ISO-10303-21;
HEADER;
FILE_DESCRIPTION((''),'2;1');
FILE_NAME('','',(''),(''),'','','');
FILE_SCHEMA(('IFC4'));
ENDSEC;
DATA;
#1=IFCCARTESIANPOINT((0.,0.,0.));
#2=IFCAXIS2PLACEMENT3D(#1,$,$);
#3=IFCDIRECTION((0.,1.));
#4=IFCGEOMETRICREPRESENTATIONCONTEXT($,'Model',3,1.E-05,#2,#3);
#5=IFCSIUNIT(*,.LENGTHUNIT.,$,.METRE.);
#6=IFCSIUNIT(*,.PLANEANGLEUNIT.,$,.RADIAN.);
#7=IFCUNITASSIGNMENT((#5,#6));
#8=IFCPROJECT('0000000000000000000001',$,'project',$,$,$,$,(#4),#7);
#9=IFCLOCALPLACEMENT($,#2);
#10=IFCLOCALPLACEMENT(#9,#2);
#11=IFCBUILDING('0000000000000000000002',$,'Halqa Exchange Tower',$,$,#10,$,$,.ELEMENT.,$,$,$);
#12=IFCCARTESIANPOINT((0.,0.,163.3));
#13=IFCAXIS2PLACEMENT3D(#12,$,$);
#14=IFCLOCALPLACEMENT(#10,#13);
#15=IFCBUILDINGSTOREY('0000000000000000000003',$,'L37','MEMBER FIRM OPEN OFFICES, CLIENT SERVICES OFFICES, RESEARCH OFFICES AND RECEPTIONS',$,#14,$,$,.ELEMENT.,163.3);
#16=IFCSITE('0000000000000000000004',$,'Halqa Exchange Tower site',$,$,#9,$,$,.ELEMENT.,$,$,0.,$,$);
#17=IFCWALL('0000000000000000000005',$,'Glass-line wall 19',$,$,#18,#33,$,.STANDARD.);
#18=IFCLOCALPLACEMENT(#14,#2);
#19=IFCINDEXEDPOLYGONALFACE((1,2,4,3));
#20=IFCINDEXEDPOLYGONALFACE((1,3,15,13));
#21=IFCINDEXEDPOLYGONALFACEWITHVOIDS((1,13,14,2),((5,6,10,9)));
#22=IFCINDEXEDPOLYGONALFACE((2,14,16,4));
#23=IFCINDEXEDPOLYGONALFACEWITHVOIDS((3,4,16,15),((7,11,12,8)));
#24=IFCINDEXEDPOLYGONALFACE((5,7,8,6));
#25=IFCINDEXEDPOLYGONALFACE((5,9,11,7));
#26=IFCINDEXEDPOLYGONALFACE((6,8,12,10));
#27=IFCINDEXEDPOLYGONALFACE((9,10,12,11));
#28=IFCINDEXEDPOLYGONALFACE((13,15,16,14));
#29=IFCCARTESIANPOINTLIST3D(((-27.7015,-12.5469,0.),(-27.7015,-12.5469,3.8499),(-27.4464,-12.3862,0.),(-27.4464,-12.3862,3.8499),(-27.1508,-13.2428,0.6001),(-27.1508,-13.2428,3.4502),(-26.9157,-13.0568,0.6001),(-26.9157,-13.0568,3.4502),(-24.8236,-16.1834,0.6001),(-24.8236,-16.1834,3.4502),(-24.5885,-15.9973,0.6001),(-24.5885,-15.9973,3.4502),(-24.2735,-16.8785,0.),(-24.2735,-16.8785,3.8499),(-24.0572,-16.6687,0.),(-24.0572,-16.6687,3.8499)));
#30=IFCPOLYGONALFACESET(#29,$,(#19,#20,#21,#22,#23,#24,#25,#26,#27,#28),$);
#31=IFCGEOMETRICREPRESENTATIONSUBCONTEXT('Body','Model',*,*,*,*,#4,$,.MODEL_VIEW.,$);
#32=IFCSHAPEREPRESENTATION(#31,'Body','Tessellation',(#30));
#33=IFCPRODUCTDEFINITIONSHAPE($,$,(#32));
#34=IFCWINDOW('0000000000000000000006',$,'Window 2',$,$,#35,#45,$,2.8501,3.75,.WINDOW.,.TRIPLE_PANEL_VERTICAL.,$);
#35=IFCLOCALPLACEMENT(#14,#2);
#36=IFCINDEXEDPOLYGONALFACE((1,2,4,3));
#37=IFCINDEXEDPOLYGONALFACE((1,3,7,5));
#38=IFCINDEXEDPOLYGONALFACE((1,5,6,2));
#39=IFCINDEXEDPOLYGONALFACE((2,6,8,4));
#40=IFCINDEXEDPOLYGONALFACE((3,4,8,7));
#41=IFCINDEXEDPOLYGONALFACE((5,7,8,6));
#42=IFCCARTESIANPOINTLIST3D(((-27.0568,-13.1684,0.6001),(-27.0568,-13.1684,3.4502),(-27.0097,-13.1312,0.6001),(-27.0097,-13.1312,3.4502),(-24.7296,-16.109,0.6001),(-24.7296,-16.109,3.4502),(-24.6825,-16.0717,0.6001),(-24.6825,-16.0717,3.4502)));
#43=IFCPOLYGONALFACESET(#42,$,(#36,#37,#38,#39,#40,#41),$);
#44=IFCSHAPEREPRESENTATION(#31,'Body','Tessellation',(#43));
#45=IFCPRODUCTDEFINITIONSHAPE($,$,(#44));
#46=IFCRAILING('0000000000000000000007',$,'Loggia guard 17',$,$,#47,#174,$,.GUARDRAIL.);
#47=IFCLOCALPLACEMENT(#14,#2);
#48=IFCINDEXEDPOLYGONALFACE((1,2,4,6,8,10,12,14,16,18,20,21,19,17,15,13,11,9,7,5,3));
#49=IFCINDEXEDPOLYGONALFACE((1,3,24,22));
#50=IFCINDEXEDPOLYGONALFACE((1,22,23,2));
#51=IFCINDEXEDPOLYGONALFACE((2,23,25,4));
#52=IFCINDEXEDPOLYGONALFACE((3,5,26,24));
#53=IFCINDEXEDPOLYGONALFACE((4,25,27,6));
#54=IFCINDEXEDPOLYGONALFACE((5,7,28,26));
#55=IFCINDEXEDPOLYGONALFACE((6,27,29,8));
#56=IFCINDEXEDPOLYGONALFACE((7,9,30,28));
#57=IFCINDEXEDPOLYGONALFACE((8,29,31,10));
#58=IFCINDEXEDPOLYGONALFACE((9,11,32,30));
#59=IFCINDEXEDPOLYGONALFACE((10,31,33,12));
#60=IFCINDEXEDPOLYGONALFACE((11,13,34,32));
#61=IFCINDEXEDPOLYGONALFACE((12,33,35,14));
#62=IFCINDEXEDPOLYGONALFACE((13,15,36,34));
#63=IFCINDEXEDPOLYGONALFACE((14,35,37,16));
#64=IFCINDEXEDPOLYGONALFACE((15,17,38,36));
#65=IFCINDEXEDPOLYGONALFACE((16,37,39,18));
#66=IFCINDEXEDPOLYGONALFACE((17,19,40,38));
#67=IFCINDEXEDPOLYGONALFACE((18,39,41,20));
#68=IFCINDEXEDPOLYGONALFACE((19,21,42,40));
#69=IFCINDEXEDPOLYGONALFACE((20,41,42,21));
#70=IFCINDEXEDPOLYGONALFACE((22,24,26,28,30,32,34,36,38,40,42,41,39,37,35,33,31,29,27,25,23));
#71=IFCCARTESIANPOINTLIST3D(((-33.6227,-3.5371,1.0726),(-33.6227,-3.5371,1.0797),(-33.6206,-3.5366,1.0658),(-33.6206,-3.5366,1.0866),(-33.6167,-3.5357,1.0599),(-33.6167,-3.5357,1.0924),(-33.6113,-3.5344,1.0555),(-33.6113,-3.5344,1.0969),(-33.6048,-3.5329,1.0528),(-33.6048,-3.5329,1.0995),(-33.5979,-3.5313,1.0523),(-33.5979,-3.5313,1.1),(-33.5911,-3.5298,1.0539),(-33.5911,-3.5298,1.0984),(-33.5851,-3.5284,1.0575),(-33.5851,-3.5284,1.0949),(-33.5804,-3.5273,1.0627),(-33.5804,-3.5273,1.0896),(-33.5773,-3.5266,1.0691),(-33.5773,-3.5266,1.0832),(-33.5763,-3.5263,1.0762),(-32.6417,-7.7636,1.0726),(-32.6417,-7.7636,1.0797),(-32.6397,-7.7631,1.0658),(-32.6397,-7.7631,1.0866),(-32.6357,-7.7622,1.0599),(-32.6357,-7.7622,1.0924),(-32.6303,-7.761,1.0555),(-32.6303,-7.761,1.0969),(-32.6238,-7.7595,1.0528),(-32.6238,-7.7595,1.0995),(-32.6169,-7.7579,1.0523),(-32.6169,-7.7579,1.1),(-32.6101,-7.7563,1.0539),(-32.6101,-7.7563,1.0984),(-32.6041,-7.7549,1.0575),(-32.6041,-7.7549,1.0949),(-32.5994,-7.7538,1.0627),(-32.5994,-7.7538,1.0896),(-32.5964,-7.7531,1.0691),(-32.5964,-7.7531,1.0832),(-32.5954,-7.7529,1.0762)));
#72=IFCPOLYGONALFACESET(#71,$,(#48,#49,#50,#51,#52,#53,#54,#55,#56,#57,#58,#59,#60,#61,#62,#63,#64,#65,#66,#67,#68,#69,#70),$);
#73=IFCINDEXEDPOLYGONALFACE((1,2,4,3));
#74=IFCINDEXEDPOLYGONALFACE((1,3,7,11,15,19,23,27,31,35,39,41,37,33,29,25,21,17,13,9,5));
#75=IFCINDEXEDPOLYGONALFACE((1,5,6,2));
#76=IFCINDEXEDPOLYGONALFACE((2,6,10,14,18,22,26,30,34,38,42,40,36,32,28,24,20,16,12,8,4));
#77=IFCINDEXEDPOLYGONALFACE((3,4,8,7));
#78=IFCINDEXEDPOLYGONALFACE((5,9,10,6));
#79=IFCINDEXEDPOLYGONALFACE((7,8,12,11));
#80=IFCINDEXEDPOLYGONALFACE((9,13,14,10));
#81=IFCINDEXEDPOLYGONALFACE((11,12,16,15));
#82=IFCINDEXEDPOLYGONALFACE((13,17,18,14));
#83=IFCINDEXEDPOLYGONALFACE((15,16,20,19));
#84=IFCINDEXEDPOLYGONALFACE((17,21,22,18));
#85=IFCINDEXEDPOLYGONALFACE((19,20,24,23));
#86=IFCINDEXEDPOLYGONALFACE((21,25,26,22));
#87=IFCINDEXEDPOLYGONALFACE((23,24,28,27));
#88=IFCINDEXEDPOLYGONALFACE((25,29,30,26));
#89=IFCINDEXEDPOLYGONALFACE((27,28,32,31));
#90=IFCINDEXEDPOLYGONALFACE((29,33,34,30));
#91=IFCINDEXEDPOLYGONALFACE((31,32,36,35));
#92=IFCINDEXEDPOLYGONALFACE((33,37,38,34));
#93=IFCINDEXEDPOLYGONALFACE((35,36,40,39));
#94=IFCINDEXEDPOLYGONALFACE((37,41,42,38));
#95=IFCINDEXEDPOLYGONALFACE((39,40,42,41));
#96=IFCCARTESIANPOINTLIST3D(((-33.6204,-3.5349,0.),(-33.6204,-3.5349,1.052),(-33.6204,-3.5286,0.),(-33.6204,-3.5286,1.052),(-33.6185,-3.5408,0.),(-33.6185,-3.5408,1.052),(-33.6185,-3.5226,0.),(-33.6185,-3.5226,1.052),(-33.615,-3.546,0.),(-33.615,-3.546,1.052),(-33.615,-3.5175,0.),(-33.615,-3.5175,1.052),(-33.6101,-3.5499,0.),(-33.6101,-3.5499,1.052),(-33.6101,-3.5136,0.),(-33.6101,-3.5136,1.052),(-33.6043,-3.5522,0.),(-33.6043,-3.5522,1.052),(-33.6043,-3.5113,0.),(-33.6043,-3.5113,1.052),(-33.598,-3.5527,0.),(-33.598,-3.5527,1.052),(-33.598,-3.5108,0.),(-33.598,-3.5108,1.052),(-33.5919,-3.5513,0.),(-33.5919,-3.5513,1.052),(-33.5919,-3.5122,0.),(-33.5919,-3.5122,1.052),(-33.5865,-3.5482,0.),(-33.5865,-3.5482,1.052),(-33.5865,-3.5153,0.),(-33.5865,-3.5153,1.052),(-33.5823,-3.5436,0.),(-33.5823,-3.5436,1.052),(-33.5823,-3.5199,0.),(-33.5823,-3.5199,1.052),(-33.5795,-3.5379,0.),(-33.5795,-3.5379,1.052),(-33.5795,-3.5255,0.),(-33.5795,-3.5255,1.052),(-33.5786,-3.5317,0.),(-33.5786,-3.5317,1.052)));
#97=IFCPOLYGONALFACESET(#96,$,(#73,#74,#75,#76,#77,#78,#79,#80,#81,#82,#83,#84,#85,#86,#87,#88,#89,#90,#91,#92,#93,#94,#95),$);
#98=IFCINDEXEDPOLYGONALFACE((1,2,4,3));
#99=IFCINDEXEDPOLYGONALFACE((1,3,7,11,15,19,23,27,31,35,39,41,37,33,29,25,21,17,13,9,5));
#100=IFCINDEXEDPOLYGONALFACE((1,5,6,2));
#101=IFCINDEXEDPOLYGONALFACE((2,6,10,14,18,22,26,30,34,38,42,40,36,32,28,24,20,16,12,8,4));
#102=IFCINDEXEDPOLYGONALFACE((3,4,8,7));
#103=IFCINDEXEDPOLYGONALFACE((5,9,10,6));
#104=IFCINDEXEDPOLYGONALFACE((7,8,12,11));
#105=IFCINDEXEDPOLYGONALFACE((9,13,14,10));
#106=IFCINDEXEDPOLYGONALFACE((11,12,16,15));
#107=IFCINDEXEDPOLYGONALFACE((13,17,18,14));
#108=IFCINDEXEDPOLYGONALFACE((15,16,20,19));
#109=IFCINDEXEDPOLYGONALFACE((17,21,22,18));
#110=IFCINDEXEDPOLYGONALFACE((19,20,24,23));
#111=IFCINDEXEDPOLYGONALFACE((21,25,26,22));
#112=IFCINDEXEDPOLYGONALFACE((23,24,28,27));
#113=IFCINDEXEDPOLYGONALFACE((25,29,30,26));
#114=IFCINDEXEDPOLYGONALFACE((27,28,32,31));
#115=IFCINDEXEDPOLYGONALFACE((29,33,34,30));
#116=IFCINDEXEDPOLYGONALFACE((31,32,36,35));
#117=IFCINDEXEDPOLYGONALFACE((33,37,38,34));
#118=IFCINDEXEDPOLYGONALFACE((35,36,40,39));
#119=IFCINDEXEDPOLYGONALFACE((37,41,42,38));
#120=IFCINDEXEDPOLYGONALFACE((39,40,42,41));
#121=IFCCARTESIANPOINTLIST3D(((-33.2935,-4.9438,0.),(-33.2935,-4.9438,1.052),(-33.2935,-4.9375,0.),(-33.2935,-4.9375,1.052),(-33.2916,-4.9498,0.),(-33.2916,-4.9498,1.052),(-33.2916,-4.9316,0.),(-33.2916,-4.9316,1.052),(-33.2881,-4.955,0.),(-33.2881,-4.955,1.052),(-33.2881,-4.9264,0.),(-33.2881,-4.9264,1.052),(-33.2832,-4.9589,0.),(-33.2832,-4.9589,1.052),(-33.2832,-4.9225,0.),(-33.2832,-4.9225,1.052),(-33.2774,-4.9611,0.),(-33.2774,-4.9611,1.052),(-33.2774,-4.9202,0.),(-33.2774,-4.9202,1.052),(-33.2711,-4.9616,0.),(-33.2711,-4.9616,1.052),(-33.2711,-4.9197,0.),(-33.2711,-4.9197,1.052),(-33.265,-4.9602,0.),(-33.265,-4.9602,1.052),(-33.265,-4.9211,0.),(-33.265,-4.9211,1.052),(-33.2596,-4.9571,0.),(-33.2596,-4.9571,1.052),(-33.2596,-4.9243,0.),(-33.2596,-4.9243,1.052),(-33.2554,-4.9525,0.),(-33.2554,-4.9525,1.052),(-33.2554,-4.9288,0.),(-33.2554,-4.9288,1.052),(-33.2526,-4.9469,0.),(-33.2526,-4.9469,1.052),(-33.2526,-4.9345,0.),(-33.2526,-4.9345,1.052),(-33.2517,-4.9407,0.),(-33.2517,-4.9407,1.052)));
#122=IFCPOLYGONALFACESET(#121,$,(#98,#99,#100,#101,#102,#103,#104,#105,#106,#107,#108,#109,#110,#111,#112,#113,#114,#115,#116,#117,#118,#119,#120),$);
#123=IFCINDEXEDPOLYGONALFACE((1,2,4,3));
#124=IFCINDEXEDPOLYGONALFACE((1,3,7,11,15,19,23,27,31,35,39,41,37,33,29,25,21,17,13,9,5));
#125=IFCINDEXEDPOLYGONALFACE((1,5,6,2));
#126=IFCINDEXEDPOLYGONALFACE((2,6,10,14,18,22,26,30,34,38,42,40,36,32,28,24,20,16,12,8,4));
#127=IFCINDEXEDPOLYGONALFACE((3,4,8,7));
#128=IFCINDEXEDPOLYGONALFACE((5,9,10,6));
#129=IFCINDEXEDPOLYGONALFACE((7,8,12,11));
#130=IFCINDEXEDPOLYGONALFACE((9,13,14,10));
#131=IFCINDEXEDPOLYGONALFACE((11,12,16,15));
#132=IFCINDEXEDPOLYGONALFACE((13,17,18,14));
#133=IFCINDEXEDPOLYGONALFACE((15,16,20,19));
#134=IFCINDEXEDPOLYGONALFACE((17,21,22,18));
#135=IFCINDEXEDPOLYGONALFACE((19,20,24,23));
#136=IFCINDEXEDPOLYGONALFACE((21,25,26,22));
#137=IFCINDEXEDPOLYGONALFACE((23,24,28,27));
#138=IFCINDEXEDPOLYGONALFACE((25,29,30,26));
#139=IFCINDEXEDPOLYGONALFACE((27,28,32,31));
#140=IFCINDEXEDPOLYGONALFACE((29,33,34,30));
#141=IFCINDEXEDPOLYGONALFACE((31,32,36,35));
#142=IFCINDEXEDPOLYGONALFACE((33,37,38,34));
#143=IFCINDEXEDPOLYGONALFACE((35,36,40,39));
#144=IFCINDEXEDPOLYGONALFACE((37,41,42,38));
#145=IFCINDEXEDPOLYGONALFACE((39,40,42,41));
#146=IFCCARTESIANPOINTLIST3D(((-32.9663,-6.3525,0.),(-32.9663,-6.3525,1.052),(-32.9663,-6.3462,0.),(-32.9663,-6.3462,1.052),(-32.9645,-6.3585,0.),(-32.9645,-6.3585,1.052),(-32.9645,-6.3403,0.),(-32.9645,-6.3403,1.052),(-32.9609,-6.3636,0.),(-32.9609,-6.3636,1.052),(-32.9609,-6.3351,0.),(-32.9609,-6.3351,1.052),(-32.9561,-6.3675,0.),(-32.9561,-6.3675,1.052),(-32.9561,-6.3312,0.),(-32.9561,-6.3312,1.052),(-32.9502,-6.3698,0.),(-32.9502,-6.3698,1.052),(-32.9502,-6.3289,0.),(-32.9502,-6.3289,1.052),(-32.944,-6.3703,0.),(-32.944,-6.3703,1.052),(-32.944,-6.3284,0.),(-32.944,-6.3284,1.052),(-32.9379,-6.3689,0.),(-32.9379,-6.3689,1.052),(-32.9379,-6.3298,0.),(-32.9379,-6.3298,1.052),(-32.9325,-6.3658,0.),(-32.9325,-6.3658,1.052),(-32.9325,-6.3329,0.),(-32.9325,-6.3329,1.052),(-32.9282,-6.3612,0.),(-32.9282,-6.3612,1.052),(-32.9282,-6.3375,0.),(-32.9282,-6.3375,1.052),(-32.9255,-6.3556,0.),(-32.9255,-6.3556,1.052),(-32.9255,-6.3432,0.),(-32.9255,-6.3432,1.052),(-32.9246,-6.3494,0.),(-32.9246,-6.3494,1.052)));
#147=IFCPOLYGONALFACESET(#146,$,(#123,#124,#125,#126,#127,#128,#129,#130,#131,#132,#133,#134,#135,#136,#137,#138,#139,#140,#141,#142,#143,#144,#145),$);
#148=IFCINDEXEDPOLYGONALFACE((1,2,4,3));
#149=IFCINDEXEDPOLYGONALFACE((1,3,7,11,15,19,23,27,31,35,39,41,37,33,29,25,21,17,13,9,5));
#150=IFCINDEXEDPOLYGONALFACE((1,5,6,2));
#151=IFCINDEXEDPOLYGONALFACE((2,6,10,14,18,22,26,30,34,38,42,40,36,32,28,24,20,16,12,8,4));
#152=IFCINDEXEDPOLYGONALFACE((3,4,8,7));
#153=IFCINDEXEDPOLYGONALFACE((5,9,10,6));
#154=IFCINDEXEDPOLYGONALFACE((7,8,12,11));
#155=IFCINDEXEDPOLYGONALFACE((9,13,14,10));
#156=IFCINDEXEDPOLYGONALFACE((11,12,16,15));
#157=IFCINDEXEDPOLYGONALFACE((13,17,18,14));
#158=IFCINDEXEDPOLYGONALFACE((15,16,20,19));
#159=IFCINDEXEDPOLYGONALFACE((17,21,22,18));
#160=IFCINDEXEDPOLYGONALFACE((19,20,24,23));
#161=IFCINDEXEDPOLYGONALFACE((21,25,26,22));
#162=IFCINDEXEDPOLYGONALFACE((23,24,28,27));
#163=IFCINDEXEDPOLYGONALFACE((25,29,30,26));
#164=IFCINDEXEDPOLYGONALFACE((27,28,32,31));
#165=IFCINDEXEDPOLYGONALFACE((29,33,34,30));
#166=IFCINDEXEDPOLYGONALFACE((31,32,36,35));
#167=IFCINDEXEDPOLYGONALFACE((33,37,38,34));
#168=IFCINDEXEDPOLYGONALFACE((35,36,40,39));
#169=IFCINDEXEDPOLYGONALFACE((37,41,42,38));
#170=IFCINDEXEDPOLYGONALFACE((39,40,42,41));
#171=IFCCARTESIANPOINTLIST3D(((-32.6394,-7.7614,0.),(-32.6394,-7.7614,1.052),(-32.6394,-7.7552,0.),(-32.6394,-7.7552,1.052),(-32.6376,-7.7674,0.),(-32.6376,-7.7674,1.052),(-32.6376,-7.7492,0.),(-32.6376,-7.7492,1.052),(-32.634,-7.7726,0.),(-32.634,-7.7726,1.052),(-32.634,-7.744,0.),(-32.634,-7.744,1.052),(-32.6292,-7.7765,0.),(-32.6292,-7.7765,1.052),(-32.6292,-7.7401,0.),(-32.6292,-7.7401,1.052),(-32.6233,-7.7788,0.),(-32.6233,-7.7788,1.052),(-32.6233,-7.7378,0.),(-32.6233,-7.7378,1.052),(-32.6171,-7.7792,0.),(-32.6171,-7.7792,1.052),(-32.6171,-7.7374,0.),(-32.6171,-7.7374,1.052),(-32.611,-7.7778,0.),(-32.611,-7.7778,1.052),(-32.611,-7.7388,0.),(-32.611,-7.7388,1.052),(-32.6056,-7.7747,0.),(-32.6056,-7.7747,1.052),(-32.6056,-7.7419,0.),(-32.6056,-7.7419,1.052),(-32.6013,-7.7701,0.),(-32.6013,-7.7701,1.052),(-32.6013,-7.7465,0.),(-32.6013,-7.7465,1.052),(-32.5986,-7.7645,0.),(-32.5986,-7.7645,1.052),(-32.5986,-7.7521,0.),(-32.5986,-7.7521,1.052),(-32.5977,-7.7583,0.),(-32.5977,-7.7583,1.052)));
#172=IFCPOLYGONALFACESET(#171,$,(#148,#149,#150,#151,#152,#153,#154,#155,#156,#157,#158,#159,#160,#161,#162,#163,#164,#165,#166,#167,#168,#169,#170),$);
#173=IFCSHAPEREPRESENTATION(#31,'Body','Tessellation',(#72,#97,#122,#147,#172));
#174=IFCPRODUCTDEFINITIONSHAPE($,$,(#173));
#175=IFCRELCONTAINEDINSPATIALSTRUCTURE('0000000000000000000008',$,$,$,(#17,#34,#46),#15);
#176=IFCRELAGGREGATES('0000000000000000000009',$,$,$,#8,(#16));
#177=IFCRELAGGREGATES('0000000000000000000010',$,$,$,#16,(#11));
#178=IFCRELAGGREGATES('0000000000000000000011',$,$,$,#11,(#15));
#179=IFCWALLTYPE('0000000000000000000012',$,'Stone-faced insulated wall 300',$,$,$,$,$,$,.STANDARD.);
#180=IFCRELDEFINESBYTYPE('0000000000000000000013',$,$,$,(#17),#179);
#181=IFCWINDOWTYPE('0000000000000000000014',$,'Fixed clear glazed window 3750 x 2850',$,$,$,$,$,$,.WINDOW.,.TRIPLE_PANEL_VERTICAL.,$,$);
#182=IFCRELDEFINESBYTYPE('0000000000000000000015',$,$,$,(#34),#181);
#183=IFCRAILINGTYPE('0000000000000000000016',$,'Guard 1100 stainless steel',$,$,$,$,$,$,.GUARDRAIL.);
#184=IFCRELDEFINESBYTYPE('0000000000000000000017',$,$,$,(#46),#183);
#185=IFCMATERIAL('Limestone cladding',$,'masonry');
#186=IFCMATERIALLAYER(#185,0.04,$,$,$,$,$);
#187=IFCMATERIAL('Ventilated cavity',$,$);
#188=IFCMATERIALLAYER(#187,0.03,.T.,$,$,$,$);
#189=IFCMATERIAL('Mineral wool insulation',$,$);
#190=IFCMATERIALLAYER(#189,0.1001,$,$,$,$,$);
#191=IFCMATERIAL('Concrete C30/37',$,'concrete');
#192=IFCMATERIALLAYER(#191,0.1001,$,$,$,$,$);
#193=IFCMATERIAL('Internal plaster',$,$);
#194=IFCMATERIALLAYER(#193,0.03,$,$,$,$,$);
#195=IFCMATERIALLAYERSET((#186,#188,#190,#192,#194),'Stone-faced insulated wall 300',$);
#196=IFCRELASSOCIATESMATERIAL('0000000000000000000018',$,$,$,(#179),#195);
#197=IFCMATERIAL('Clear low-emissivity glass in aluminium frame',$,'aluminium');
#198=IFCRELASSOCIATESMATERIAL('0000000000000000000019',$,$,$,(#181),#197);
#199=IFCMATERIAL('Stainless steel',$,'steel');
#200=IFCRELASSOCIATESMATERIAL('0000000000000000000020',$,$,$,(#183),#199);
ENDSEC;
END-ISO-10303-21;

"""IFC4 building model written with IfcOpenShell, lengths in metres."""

from ifc_helpers import new_model, si_unit, direction, frame, frame_2d, origin, origin_2d, place, context, subcontext, project, spatial, polyline, rectangle, circle, outline, extrude, material, layer, layer_set, type_object, element, fill, save


model = new_model("IFC4")

# Units and contexts
model_context = context("Model", 3, precision=1e-05, world=origin(), true_north=direction((0.0, 1.0)))
body_context = subcontext(model_context, "Body", "Model", "MODEL_VIEW")
ifc_project = project(units=[si_unit("LENGTHUNIT", "METRE"), si_unit("PLANEANGLEUNIT", "RADIAN")], contexts=[model_context])

# Site, building, storey
site_placement = place(None, origin())
site = spatial("IfcSite", under=ifc_project, at=site_placement, Name="Halqa Exchange Tower site", CompositionType="ELEMENT", RefElevation=0.0)
building_placement = place(site_placement, origin())
building = spatial("IfcBuilding", under=site, at=building_placement, Name="Halqa Exchange Tower", CompositionType="ELEMENT")
storey_placement = place(building_placement, frame((0.0, 0.0, 163.3)))
storey = spatial("IfcBuildingStorey", under=building, at=storey_placement, Name="L37", Description="MEMBER FIRM OPEN OFFICES, CLIENT SERVICES OFFICES, RESEARCH OFFICES AND RECEPTIONS", CompositionType="ELEMENT", Elevation=163.3)

# Wall, opening, window
ifc_material_1 = material(Name="Limestone cladding", Category="masonry")
ifc_layer_1 = layer(ifc_material_1, 0.04)
ifc_material_2 = material(Name="Ventilated cavity")
ifc_layer_2 = layer(ifc_material_2, 0.03, ventilated=True)
ifc_material_3 = material(Name="Mineral wool insulation")
ifc_layer_3 = layer(ifc_material_3, 0.1001)
ifc_material_4 = material(Name="Concrete C30/37", Category="concrete")
ifc_layer_4 = layer(ifc_material_4, 0.1001)
ifc_material_5 = material(Name="Internal plaster")
ifc_layer_5 = layer(ifc_material_5, 0.03)
ifc_layer_set_1 = layer_set([ifc_layer_1, ifc_layer_2, ifc_layer_3, ifc_layer_4, ifc_layer_5], Name="Stone-faced insulated wall 300")
wall_type_1 = type_object("IfcWallType", Name="Stone-faced insulated wall 300", PredefinedType="STANDARD", material=ifc_layer_set_1)
ifc_material_6 = material(Name="Clear low-emissivity glass in aluminium frame", Category="aluminium")
window_type = type_object("IfcWindowType", Name="Fixed clear glazed window 3750 x 2850", PartitioningType="TRIPLE_PANEL_VERTICAL", PredefinedType="WINDOW", material=ifc_material_6)
wall_1_placement = place(storey_placement, frame((-27.574, -12.4666, 0.0), z_axis=(0.0, 0.0, 1.0), x_axis=(0.620578, -0.784145, 0.0)))
wall_1 = element("IfcWall", 1, at=wall_1_placement, inside=storey, type_object=wall_type_1, Name="Glass-line wall 19", PredefinedType="STANDARD", context=body_context, shape_type="SweptSolid", body=[
    extrude(outline(polyline([(-0.0161, -0.1499), (5.5078, -0.1499), (5.4775, 0.1499), (0.0161, 0.1499), (-0.0161, -0.1499)])), origin(), (0.0, 0.0, 1.0), 3.8499),
])
opening_1_placement = place(wall_1_placement, frame((0.8713, 0.0, 0.6001)))
opening_1 = element("IfcOpeningElement", 2, at=opening_1_placement, cuts=wall_1, PredefinedType="OPENING", context=body_context, shape_type="SweptSolid", body=[
    extrude(rectangle(XDim=3.75, YDim=2.8501, at=frame_2d((1.875, 1.425))), frame((0.0, 0.1621, 0.0), z_axis=(0.0, -1.0, 0.0), x_axis=(1.0, 0.0, 0.0)), (0.0, 0.0, 1.0), 0.324),
])
window_1_placement = place(opening_1_placement, origin())
window_1 = element("IfcWindow", 3, at=window_1_placement, inside=storey, type_object=window_type, Name="Window 2", OverallHeight=2.8501, OverallWidth=3.75, PartitioningType="TRIPLE_PANEL_VERTICAL", PredefinedType="WINDOW", context=body_context, shape_type="SweptSolid", body=[
    extrude(rectangle(XDim=3.75, YDim=2.8501, at=frame_2d((1.875, 1.425))), frame((0.0, 0.03, 0.0), z_axis=(0.0, -1.0, 0.0), x_axis=(1.0, 0.0, 0.0)), (0.0, 0.0, 1.0), 0.0601),
])
fill(opening_1, window_1)

# Railing
ifc_material_7 = material(Name="Stainless steel", Category="steel")
railing_type = type_object("IfcRailingType", Name="Guard 1100 stainless steel", PredefinedType="GUARDRAIL", material=ifc_material_7)
railing_1_placement = place(storey_placement, frame((-33.5996, -3.5317, 0.0)))
element("IfcRailing", 4, at=railing_1_placement, inside=storey, type_object=railing_type, Name="Loggia guard 17", PredefinedType="GUARDRAIL", context=body_context, shape_type="SweptSolid", body=[
    extrude(circle(Radius=0.0239, at=origin_2d()), frame((0.0, 0.0, 1.0762), z_axis=(0.226084, -0.974108, 0.0), x_axis=(0.974108, 0.226084, 0.0)), (0.0, 0.0, 1.0), 4.3389),
    extrude(circle(Radius=0.021, at=origin_2d()), origin(), (0.0, 0.0, 1.0), 1.052),
    extrude(circle(Radius=0.021, at=origin_2d()), frame((0.3269, -1.4089, 0.0)), (0.0, 0.0, 1.0), 1.052),
    extrude(circle(Radius=0.021, at=origin_2d()), frame((0.6541, -2.8176, 0.0)), (0.0, 0.0, 1.0), 1.052),
    extrude(circle(Radius=0.021, at=origin_2d()), frame((0.981, -4.2266, 0.0)), (0.0, 0.0, 1.0), 1.052),
])

save(model, "model.ifc")
